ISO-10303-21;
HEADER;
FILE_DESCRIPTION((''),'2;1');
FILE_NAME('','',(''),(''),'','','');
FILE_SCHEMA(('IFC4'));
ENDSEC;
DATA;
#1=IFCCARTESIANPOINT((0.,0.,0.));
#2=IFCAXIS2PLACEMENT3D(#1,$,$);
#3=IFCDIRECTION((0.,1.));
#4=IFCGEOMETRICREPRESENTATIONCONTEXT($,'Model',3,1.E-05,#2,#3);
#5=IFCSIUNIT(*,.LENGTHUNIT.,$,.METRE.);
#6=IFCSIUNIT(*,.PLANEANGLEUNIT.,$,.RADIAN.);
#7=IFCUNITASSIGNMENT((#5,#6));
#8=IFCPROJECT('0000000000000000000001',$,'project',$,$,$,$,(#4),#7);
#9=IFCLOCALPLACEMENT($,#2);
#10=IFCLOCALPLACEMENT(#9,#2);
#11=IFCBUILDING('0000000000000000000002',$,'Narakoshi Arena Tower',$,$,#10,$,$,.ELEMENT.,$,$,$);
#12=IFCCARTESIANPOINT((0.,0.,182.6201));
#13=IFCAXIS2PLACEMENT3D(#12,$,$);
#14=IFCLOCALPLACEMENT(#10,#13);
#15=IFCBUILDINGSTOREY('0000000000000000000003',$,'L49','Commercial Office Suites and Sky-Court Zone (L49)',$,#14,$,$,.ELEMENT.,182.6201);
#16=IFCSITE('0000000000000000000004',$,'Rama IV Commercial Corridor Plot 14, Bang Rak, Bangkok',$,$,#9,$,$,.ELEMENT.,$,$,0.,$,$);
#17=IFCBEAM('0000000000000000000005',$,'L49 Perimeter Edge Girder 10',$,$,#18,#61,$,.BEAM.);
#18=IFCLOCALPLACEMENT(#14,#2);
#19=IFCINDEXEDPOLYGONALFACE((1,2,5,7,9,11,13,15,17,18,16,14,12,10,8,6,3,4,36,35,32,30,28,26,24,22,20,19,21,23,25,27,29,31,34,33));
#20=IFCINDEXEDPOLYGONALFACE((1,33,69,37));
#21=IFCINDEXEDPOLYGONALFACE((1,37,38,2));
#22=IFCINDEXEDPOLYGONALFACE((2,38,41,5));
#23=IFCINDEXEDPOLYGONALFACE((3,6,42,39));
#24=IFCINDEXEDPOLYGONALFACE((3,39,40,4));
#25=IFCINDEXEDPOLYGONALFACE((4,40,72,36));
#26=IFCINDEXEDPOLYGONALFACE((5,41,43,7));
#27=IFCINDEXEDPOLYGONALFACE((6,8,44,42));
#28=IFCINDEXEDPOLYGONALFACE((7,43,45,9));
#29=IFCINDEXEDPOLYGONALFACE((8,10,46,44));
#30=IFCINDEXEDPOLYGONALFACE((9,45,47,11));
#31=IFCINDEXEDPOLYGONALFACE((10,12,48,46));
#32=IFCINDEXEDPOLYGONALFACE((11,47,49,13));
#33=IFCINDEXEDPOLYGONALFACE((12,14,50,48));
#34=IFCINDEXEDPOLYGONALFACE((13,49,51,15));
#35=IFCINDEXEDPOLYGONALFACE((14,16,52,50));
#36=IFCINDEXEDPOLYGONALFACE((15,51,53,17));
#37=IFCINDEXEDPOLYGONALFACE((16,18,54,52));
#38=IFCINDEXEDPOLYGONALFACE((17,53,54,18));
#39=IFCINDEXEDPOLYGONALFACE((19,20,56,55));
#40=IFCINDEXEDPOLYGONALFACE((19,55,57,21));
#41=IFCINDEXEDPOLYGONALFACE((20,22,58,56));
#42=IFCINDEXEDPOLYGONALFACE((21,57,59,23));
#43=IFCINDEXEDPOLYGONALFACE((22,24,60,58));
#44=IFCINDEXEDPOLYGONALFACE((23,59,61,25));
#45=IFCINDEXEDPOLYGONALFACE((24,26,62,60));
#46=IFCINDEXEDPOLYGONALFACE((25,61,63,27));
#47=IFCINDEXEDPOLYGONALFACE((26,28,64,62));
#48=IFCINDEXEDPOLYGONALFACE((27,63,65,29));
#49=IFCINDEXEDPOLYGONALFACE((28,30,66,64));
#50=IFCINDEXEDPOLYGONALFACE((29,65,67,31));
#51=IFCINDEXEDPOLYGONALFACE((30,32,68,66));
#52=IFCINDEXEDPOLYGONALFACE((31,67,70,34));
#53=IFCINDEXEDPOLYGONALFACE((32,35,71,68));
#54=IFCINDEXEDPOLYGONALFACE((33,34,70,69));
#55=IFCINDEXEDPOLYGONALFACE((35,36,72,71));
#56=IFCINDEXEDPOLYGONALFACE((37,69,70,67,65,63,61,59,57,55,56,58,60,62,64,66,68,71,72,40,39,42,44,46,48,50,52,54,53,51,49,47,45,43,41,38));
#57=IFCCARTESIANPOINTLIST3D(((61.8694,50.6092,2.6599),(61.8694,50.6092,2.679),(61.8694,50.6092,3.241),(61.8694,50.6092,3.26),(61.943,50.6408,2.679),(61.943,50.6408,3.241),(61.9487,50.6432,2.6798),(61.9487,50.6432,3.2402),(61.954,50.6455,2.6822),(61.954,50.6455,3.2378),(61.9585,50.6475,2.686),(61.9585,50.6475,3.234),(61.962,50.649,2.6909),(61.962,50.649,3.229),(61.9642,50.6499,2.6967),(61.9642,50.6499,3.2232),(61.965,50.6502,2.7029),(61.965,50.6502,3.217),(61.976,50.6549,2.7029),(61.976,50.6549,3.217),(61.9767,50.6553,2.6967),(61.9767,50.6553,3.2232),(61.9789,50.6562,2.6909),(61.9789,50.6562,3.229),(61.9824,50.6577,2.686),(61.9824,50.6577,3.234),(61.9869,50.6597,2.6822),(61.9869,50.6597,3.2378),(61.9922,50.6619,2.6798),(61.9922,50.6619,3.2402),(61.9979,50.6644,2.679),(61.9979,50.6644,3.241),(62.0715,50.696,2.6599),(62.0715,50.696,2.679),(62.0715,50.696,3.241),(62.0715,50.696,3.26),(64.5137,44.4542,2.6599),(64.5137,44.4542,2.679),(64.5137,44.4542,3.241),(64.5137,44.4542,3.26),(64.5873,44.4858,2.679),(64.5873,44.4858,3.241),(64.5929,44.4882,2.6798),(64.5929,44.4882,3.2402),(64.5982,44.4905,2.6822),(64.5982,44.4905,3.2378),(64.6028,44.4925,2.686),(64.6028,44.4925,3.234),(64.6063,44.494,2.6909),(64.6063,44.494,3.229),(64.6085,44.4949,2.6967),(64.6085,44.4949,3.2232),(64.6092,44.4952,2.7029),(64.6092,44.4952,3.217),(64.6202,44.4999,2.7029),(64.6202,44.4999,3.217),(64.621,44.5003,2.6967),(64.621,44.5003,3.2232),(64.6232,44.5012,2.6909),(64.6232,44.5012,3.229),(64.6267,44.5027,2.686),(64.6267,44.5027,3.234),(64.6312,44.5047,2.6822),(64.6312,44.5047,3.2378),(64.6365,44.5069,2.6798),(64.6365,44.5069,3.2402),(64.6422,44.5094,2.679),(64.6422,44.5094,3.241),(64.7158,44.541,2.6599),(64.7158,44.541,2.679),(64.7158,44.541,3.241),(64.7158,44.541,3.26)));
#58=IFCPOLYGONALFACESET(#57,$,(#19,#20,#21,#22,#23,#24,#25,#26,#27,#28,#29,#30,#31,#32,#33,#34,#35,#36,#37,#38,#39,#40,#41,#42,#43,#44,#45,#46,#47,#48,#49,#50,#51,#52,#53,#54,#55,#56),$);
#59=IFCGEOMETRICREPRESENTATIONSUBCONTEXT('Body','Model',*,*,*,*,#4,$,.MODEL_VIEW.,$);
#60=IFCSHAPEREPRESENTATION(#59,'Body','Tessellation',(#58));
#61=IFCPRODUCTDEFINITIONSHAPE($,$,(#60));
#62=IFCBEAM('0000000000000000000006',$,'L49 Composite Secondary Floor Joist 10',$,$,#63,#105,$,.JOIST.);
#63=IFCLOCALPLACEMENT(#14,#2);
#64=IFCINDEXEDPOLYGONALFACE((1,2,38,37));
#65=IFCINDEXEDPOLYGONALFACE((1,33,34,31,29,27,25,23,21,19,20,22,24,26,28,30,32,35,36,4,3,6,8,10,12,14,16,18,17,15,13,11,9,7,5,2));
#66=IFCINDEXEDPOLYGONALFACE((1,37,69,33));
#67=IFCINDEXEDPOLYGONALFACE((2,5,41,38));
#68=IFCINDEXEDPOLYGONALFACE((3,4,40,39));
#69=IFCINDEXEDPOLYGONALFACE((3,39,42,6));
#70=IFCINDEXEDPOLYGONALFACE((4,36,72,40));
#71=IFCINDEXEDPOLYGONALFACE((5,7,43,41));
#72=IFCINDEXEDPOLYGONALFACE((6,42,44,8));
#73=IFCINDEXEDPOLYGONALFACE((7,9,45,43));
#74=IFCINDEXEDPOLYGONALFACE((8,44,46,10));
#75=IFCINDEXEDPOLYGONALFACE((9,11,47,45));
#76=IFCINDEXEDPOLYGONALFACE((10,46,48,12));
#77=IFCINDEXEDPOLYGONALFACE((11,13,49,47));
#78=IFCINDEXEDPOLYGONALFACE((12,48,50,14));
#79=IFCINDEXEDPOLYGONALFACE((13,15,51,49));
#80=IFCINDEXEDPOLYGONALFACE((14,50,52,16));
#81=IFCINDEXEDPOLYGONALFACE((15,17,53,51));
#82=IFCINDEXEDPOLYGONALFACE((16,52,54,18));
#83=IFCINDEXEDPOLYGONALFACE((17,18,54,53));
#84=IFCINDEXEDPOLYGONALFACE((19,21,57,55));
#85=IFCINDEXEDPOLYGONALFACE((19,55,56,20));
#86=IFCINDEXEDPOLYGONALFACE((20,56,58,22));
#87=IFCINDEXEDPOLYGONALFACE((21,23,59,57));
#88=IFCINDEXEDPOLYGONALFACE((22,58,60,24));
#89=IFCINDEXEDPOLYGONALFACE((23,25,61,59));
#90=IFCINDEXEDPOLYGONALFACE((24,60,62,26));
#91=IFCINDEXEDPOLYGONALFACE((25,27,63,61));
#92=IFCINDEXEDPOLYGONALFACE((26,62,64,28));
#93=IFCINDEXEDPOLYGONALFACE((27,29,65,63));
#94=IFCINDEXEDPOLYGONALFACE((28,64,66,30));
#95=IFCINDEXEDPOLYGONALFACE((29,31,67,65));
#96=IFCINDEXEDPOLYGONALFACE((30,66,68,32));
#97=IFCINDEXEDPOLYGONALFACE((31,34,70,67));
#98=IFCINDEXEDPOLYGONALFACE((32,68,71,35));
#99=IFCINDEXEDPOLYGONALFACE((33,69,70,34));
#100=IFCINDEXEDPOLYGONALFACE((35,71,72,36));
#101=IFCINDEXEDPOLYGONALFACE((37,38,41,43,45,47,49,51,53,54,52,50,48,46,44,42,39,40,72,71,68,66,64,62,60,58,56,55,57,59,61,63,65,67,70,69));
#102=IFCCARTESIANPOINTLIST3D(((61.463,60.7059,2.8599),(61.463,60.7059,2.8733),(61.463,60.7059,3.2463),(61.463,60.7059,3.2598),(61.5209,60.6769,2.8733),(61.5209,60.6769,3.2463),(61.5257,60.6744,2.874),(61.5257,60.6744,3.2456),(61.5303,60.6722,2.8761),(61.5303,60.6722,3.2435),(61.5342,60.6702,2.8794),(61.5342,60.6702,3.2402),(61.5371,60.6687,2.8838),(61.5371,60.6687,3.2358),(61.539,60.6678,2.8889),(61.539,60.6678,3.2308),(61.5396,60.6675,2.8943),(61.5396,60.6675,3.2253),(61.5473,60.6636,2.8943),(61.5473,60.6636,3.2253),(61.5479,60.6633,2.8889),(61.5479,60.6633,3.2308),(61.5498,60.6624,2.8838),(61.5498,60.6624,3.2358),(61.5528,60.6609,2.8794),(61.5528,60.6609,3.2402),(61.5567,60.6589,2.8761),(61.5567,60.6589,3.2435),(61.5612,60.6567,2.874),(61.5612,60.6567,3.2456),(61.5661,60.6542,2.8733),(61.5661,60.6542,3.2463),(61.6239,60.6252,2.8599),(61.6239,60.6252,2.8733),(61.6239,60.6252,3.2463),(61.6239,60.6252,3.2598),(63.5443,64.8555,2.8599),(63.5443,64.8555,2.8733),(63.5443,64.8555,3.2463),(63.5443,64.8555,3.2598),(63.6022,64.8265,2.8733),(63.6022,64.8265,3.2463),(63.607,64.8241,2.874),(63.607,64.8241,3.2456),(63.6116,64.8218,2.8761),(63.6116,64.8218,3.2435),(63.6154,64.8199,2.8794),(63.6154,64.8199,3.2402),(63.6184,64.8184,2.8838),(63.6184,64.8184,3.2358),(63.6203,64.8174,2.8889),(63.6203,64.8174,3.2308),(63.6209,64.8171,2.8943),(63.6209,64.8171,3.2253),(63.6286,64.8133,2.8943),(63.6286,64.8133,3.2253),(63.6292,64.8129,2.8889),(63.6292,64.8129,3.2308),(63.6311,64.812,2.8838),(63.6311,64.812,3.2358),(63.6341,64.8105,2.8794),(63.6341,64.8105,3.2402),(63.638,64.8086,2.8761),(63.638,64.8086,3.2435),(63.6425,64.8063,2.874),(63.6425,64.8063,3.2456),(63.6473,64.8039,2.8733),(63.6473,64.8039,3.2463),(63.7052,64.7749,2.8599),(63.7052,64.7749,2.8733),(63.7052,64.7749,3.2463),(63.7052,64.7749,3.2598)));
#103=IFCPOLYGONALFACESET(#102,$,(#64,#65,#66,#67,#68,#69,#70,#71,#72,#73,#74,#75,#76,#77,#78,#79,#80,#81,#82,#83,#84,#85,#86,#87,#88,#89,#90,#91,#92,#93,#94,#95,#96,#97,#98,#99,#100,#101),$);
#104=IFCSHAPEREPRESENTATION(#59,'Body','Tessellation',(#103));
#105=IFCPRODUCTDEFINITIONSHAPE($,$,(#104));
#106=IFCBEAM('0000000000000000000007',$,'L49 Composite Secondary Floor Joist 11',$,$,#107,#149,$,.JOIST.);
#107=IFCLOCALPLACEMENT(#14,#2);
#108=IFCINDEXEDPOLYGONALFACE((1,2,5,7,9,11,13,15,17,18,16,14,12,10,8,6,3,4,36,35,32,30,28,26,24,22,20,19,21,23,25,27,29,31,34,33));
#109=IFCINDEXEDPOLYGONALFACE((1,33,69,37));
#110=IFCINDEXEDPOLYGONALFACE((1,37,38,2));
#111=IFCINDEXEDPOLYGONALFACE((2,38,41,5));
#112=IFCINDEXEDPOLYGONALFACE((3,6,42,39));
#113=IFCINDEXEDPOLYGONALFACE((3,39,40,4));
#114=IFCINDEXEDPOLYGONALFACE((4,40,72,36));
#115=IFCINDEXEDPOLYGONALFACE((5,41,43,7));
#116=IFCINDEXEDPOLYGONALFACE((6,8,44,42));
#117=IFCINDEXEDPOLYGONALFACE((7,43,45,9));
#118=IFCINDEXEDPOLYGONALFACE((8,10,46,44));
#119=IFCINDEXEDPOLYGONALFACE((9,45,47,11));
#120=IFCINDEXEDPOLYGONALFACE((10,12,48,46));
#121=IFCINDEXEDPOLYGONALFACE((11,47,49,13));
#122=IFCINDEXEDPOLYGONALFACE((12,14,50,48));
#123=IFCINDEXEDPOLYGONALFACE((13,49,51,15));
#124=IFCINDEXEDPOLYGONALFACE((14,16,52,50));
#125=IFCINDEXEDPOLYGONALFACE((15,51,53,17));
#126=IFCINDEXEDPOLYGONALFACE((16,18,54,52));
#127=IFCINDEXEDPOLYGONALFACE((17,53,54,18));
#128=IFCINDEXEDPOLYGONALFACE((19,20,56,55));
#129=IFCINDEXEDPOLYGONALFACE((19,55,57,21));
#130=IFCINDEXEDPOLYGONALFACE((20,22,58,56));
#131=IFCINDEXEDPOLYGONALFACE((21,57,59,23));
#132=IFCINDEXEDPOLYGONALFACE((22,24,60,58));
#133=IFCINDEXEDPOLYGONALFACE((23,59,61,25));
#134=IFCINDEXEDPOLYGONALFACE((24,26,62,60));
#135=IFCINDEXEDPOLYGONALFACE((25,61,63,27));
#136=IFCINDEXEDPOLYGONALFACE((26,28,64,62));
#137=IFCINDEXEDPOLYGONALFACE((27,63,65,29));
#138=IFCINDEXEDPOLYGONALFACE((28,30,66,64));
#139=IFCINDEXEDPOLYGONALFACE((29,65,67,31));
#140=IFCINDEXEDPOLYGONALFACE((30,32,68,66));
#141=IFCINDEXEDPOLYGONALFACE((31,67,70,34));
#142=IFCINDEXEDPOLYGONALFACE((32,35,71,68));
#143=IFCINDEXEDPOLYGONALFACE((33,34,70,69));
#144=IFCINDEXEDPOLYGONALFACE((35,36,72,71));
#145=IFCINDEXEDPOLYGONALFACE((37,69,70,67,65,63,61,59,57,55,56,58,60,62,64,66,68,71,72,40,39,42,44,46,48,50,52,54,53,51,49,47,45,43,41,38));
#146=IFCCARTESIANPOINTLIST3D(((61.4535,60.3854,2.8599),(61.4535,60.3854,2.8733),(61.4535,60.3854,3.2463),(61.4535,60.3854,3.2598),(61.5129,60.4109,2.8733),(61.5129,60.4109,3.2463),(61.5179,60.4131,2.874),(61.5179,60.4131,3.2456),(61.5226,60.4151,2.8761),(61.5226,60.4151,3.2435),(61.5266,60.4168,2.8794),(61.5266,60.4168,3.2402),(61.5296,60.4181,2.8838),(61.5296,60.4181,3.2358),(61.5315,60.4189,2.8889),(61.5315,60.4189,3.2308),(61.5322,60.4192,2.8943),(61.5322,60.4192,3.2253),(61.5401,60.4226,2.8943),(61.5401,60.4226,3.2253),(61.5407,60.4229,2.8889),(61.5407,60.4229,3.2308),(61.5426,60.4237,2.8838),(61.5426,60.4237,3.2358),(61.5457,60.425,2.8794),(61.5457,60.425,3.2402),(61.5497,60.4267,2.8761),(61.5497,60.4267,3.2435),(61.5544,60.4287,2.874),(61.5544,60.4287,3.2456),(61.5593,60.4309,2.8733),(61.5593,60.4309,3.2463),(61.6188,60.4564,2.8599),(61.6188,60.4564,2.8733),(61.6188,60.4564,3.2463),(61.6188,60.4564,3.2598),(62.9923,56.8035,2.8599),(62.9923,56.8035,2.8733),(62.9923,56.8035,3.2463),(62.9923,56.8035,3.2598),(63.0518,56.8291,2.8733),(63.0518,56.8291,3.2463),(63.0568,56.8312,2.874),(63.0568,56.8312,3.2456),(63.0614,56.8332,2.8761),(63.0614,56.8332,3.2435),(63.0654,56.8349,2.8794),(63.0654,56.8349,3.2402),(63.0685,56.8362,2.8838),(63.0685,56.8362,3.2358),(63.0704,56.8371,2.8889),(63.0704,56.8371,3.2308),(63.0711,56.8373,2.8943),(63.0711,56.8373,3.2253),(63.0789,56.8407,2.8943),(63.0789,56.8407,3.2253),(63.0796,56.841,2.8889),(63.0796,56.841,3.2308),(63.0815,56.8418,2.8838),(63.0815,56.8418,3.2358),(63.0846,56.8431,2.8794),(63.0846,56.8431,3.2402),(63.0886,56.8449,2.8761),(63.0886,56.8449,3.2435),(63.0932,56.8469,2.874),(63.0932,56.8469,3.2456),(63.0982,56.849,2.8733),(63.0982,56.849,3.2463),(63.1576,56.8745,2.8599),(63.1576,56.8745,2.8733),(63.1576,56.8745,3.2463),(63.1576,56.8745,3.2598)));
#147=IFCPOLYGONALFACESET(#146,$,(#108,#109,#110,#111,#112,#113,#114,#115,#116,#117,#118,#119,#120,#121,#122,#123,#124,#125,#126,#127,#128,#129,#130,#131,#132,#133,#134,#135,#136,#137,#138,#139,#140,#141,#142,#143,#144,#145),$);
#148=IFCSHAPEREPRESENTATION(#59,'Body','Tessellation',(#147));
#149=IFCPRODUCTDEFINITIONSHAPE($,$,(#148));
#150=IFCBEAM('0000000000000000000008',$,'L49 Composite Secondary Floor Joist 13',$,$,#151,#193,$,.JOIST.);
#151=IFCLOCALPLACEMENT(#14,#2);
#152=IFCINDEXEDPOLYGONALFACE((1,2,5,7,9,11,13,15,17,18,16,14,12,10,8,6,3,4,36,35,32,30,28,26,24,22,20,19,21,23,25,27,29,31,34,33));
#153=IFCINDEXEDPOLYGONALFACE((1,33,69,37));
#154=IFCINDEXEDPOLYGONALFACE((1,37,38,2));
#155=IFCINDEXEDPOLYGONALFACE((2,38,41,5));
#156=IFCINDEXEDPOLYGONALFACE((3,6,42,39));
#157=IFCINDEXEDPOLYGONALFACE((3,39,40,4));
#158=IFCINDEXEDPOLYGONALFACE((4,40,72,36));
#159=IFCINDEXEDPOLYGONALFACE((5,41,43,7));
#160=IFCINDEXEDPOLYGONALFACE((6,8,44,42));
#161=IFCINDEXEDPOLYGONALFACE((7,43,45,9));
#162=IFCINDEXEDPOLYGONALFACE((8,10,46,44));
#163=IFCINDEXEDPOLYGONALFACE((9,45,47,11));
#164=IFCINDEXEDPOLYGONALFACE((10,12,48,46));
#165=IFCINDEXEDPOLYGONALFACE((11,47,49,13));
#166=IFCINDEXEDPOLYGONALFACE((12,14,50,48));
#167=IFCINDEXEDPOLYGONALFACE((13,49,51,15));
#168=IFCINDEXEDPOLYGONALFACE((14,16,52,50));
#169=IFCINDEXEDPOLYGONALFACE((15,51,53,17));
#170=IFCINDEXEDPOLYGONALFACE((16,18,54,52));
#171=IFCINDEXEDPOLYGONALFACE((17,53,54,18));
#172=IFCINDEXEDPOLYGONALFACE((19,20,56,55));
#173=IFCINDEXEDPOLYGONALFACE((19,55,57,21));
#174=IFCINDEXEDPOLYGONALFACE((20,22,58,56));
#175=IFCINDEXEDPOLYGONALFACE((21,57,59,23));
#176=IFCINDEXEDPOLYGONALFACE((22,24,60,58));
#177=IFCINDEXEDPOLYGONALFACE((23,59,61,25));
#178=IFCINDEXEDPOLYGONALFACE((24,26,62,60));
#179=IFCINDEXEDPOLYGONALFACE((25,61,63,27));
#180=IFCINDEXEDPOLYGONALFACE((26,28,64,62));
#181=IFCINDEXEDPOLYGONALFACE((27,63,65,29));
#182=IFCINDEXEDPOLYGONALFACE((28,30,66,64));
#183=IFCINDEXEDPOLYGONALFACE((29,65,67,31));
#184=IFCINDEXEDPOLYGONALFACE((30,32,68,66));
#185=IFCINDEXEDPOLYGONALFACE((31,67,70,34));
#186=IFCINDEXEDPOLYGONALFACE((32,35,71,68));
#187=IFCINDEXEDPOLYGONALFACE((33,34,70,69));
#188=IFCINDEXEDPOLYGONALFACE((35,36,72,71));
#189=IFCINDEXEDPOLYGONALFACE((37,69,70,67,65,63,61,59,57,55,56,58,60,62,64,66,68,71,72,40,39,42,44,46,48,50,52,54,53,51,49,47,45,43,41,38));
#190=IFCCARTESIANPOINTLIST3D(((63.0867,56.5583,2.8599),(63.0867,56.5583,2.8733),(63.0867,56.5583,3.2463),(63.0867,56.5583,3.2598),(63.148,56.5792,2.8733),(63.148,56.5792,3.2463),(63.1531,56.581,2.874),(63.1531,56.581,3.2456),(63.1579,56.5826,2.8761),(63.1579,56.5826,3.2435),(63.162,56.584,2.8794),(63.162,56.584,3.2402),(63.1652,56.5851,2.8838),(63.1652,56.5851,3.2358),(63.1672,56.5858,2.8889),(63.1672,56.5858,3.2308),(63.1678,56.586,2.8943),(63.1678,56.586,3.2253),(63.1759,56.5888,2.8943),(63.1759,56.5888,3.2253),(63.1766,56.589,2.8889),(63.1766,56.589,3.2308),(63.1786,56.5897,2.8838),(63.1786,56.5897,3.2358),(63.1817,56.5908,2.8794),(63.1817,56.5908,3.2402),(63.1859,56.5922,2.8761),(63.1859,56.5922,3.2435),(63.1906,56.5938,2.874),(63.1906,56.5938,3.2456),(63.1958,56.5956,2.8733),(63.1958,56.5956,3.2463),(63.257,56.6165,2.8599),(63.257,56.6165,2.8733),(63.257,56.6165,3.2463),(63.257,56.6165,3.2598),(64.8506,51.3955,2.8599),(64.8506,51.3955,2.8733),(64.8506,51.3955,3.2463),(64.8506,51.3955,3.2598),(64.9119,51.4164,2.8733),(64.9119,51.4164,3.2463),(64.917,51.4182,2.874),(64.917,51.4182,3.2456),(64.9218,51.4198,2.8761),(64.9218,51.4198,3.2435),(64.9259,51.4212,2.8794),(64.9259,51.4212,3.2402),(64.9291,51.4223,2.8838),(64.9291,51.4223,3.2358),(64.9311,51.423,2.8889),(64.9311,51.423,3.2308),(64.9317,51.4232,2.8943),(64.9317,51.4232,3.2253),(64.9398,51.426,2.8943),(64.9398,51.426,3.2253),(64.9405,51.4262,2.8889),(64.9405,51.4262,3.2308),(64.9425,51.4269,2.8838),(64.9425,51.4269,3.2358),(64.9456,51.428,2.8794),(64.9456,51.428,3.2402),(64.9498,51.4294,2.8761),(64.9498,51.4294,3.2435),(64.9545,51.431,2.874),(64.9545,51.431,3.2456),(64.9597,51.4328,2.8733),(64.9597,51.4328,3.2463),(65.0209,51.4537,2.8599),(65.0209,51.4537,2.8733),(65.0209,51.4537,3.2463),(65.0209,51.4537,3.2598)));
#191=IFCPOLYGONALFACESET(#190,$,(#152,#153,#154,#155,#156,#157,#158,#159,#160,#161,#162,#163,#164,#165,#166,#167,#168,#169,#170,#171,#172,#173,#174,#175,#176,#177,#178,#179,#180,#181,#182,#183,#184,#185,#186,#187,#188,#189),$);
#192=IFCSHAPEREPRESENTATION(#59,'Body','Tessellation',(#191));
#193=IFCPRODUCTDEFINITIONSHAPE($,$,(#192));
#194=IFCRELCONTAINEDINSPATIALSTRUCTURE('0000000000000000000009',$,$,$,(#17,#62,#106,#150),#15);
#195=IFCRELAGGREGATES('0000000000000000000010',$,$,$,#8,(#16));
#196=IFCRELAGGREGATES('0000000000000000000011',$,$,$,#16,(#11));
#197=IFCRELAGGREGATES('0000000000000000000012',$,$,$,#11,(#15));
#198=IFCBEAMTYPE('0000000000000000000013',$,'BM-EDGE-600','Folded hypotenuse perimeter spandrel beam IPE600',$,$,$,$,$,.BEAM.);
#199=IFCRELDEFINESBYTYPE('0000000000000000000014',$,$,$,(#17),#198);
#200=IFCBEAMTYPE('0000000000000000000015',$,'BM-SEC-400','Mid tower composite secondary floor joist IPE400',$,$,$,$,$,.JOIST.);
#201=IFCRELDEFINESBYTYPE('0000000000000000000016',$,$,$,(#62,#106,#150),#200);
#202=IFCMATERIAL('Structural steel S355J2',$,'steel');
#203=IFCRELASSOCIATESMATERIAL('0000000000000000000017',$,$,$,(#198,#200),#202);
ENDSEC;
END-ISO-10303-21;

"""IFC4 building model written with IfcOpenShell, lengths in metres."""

from ifc_helpers import new_model, si_unit, direction, frame, origin, origin_2d, place, context, subcontext, project, spatial, i_section, extrude, material, material_profile, profile_set, type_object, element, save


model = new_model("IFC4")

# Units and contexts
model_context = context("Model", 3, precision=1e-05, world=origin(), true_north=direction((0.0, 1.0)))
body_context = subcontext(model_context, "Body", "Model", "MODEL_VIEW")
ifc_project = project(units=[si_unit("LENGTHUNIT", "METRE"), si_unit("PLANEANGLEUNIT", "RADIAN")], contexts=[model_context])

# Site, building, storey
site_placement = place(None, origin())
site = spatial("IfcSite", under=ifc_project, at=site_placement, Name="Rama IV Commercial Corridor Plot 14, Bang Rak, Bangkok", CompositionType="ELEMENT", RefElevation=0.0)
building_placement = place(site_placement, origin())
building = spatial("IfcBuilding", under=site, at=building_placement, Name="Narakoshi Arena Tower", CompositionType="ELEMENT")
storey_placement = place(building_placement, frame((0.0, 0.0, 182.6201)))
storey = spatial("IfcBuildingStorey", under=building, at=storey_placement, Name="L49", Description="Commercial Office Suites and Sky-Court Zone (L49)", CompositionType="ELEMENT", Elevation=182.6201)

# Beams
ifc_material_1 = material(Name="Structural steel S355J2", Category="steel")
ifc_material_profile_1 = material_profile(ifc_material_1, i_section(OverallWidth=0.22, OverallDepth=0.6001, WebThickness=0.012, FlangeThickness=0.019, FilletRadius=0.0239, at=origin_2d()), Name="IPE600")
ifc_profile_set_1 = profile_set([ifc_material_profile_1], Name="Structural steel S355J2")
beam_type_1 = type_object("IfcBeamType", Name="BM-EDGE-600", Description="Folded hypotenuse perimeter spandrel beam IPE600", PredefinedType="BEAM", material=ifc_profile_set_1)
beam_1_placement = place(storey_placement, frame((61.9705, 50.6526, 2.96), z_axis=(0.394728, -0.918798, 0.0), x_axis=(0.918798, 0.394728, 0.0)))
element("IfcBeam", 1, at=beam_1_placement, inside=storey, type_object=beam_type_1, Name="L49 Perimeter Edge Girder 10", PredefinedType="BEAM", context=body_context, shape_type="SweptSolid", body=[
    extrude(i_section(OverallWidth=0.22, OverallDepth=0.6001, WebThickness=0.012, FlangeThickness=0.019, FilletRadius=0.0239, at=origin_2d()), origin(), (0.0, 0.0, 1.0), 6.699),
])
ifc_material_profile_2 = material_profile(ifc_material_1, i_section(OverallWidth=0.1799, OverallDepth=0.3999, WebThickness=0.0085, FlangeThickness=0.0134, FilletRadius=0.021, at=origin_2d()), Name="IPE400")
ifc_profile_set_2 = profile_set([ifc_material_profile_2], Name="Structural steel S355J2")
beam_type_2 = type_object("IfcBeamType", Name="BM-SEC-400", Description="Mid tower composite secondary floor joist IPE400", PredefinedType="JOIST", material=ifc_profile_set_2)
beam_2_placement = place(storey_placement, frame((63.6248, 64.8152, 3.0598), z_axis=(-0.448328, -0.893869, 0.0), x_axis=(0.893869, -0.448328, 0.0)))
element("IfcBeam", 2, at=beam_2_placement, inside=storey, type_object=beam_type_2, Name="L49 Composite Secondary Floor Joist 10", PredefinedType="JOIST", context=body_context, shape_type="SweptSolid", body=[
    extrude(i_section(OverallWidth=0.1799, OverallDepth=0.3999, WebThickness=0.0085, FlangeThickness=0.0134, FilletRadius=0.021, at=origin_2d()), origin(), (0.0, 0.0, 1.0), 4.6423),
])
beam_3_placement = place(storey_placement, frame((61.5361, 60.4209, 3.0598), z_axis=(0.394735, -0.918795, 0.0), x_axis=(0.918795, 0.394735, 0.0)))
element("IfcBeam", 3, at=beam_3_placement, inside=storey, type_object=beam_type_2, Name="L49 Composite Secondary Floor Joist 11", PredefinedType="JOIST", context=body_context, shape_type="SweptSolid", body=[
    extrude(i_section(OverallWidth=0.1799, OverallDepth=0.3999, WebThickness=0.0085, FlangeThickness=0.0134, FilletRadius=0.021, at=origin_2d()), origin(), (0.0, 0.0, 1.0), 3.8984),
])
beam_4_placement = place(storey_placement, frame((63.1719, 56.5874, 3.0598), z_axis=(0.323307, -0.946294, 0.0), x_axis=(0.946294, 0.323307, 0.0)))
element("IfcBeam", 4, at=beam_4_placement, inside=storey, type_object=beam_type_2, Name="L49 Composite Secondary Floor Joist 13", PredefinedType="JOIST", context=body_context, shape_type="SweptSolid", body=[
    extrude(i_section(OverallWidth=0.1799, OverallDepth=0.3999, WebThickness=0.0085, FlangeThickness=0.0134, FilletRadius=0.021, at=origin_2d()), origin(), (0.0, 0.0, 1.0), 5.4558),
])

save(model, "model.ifc")
